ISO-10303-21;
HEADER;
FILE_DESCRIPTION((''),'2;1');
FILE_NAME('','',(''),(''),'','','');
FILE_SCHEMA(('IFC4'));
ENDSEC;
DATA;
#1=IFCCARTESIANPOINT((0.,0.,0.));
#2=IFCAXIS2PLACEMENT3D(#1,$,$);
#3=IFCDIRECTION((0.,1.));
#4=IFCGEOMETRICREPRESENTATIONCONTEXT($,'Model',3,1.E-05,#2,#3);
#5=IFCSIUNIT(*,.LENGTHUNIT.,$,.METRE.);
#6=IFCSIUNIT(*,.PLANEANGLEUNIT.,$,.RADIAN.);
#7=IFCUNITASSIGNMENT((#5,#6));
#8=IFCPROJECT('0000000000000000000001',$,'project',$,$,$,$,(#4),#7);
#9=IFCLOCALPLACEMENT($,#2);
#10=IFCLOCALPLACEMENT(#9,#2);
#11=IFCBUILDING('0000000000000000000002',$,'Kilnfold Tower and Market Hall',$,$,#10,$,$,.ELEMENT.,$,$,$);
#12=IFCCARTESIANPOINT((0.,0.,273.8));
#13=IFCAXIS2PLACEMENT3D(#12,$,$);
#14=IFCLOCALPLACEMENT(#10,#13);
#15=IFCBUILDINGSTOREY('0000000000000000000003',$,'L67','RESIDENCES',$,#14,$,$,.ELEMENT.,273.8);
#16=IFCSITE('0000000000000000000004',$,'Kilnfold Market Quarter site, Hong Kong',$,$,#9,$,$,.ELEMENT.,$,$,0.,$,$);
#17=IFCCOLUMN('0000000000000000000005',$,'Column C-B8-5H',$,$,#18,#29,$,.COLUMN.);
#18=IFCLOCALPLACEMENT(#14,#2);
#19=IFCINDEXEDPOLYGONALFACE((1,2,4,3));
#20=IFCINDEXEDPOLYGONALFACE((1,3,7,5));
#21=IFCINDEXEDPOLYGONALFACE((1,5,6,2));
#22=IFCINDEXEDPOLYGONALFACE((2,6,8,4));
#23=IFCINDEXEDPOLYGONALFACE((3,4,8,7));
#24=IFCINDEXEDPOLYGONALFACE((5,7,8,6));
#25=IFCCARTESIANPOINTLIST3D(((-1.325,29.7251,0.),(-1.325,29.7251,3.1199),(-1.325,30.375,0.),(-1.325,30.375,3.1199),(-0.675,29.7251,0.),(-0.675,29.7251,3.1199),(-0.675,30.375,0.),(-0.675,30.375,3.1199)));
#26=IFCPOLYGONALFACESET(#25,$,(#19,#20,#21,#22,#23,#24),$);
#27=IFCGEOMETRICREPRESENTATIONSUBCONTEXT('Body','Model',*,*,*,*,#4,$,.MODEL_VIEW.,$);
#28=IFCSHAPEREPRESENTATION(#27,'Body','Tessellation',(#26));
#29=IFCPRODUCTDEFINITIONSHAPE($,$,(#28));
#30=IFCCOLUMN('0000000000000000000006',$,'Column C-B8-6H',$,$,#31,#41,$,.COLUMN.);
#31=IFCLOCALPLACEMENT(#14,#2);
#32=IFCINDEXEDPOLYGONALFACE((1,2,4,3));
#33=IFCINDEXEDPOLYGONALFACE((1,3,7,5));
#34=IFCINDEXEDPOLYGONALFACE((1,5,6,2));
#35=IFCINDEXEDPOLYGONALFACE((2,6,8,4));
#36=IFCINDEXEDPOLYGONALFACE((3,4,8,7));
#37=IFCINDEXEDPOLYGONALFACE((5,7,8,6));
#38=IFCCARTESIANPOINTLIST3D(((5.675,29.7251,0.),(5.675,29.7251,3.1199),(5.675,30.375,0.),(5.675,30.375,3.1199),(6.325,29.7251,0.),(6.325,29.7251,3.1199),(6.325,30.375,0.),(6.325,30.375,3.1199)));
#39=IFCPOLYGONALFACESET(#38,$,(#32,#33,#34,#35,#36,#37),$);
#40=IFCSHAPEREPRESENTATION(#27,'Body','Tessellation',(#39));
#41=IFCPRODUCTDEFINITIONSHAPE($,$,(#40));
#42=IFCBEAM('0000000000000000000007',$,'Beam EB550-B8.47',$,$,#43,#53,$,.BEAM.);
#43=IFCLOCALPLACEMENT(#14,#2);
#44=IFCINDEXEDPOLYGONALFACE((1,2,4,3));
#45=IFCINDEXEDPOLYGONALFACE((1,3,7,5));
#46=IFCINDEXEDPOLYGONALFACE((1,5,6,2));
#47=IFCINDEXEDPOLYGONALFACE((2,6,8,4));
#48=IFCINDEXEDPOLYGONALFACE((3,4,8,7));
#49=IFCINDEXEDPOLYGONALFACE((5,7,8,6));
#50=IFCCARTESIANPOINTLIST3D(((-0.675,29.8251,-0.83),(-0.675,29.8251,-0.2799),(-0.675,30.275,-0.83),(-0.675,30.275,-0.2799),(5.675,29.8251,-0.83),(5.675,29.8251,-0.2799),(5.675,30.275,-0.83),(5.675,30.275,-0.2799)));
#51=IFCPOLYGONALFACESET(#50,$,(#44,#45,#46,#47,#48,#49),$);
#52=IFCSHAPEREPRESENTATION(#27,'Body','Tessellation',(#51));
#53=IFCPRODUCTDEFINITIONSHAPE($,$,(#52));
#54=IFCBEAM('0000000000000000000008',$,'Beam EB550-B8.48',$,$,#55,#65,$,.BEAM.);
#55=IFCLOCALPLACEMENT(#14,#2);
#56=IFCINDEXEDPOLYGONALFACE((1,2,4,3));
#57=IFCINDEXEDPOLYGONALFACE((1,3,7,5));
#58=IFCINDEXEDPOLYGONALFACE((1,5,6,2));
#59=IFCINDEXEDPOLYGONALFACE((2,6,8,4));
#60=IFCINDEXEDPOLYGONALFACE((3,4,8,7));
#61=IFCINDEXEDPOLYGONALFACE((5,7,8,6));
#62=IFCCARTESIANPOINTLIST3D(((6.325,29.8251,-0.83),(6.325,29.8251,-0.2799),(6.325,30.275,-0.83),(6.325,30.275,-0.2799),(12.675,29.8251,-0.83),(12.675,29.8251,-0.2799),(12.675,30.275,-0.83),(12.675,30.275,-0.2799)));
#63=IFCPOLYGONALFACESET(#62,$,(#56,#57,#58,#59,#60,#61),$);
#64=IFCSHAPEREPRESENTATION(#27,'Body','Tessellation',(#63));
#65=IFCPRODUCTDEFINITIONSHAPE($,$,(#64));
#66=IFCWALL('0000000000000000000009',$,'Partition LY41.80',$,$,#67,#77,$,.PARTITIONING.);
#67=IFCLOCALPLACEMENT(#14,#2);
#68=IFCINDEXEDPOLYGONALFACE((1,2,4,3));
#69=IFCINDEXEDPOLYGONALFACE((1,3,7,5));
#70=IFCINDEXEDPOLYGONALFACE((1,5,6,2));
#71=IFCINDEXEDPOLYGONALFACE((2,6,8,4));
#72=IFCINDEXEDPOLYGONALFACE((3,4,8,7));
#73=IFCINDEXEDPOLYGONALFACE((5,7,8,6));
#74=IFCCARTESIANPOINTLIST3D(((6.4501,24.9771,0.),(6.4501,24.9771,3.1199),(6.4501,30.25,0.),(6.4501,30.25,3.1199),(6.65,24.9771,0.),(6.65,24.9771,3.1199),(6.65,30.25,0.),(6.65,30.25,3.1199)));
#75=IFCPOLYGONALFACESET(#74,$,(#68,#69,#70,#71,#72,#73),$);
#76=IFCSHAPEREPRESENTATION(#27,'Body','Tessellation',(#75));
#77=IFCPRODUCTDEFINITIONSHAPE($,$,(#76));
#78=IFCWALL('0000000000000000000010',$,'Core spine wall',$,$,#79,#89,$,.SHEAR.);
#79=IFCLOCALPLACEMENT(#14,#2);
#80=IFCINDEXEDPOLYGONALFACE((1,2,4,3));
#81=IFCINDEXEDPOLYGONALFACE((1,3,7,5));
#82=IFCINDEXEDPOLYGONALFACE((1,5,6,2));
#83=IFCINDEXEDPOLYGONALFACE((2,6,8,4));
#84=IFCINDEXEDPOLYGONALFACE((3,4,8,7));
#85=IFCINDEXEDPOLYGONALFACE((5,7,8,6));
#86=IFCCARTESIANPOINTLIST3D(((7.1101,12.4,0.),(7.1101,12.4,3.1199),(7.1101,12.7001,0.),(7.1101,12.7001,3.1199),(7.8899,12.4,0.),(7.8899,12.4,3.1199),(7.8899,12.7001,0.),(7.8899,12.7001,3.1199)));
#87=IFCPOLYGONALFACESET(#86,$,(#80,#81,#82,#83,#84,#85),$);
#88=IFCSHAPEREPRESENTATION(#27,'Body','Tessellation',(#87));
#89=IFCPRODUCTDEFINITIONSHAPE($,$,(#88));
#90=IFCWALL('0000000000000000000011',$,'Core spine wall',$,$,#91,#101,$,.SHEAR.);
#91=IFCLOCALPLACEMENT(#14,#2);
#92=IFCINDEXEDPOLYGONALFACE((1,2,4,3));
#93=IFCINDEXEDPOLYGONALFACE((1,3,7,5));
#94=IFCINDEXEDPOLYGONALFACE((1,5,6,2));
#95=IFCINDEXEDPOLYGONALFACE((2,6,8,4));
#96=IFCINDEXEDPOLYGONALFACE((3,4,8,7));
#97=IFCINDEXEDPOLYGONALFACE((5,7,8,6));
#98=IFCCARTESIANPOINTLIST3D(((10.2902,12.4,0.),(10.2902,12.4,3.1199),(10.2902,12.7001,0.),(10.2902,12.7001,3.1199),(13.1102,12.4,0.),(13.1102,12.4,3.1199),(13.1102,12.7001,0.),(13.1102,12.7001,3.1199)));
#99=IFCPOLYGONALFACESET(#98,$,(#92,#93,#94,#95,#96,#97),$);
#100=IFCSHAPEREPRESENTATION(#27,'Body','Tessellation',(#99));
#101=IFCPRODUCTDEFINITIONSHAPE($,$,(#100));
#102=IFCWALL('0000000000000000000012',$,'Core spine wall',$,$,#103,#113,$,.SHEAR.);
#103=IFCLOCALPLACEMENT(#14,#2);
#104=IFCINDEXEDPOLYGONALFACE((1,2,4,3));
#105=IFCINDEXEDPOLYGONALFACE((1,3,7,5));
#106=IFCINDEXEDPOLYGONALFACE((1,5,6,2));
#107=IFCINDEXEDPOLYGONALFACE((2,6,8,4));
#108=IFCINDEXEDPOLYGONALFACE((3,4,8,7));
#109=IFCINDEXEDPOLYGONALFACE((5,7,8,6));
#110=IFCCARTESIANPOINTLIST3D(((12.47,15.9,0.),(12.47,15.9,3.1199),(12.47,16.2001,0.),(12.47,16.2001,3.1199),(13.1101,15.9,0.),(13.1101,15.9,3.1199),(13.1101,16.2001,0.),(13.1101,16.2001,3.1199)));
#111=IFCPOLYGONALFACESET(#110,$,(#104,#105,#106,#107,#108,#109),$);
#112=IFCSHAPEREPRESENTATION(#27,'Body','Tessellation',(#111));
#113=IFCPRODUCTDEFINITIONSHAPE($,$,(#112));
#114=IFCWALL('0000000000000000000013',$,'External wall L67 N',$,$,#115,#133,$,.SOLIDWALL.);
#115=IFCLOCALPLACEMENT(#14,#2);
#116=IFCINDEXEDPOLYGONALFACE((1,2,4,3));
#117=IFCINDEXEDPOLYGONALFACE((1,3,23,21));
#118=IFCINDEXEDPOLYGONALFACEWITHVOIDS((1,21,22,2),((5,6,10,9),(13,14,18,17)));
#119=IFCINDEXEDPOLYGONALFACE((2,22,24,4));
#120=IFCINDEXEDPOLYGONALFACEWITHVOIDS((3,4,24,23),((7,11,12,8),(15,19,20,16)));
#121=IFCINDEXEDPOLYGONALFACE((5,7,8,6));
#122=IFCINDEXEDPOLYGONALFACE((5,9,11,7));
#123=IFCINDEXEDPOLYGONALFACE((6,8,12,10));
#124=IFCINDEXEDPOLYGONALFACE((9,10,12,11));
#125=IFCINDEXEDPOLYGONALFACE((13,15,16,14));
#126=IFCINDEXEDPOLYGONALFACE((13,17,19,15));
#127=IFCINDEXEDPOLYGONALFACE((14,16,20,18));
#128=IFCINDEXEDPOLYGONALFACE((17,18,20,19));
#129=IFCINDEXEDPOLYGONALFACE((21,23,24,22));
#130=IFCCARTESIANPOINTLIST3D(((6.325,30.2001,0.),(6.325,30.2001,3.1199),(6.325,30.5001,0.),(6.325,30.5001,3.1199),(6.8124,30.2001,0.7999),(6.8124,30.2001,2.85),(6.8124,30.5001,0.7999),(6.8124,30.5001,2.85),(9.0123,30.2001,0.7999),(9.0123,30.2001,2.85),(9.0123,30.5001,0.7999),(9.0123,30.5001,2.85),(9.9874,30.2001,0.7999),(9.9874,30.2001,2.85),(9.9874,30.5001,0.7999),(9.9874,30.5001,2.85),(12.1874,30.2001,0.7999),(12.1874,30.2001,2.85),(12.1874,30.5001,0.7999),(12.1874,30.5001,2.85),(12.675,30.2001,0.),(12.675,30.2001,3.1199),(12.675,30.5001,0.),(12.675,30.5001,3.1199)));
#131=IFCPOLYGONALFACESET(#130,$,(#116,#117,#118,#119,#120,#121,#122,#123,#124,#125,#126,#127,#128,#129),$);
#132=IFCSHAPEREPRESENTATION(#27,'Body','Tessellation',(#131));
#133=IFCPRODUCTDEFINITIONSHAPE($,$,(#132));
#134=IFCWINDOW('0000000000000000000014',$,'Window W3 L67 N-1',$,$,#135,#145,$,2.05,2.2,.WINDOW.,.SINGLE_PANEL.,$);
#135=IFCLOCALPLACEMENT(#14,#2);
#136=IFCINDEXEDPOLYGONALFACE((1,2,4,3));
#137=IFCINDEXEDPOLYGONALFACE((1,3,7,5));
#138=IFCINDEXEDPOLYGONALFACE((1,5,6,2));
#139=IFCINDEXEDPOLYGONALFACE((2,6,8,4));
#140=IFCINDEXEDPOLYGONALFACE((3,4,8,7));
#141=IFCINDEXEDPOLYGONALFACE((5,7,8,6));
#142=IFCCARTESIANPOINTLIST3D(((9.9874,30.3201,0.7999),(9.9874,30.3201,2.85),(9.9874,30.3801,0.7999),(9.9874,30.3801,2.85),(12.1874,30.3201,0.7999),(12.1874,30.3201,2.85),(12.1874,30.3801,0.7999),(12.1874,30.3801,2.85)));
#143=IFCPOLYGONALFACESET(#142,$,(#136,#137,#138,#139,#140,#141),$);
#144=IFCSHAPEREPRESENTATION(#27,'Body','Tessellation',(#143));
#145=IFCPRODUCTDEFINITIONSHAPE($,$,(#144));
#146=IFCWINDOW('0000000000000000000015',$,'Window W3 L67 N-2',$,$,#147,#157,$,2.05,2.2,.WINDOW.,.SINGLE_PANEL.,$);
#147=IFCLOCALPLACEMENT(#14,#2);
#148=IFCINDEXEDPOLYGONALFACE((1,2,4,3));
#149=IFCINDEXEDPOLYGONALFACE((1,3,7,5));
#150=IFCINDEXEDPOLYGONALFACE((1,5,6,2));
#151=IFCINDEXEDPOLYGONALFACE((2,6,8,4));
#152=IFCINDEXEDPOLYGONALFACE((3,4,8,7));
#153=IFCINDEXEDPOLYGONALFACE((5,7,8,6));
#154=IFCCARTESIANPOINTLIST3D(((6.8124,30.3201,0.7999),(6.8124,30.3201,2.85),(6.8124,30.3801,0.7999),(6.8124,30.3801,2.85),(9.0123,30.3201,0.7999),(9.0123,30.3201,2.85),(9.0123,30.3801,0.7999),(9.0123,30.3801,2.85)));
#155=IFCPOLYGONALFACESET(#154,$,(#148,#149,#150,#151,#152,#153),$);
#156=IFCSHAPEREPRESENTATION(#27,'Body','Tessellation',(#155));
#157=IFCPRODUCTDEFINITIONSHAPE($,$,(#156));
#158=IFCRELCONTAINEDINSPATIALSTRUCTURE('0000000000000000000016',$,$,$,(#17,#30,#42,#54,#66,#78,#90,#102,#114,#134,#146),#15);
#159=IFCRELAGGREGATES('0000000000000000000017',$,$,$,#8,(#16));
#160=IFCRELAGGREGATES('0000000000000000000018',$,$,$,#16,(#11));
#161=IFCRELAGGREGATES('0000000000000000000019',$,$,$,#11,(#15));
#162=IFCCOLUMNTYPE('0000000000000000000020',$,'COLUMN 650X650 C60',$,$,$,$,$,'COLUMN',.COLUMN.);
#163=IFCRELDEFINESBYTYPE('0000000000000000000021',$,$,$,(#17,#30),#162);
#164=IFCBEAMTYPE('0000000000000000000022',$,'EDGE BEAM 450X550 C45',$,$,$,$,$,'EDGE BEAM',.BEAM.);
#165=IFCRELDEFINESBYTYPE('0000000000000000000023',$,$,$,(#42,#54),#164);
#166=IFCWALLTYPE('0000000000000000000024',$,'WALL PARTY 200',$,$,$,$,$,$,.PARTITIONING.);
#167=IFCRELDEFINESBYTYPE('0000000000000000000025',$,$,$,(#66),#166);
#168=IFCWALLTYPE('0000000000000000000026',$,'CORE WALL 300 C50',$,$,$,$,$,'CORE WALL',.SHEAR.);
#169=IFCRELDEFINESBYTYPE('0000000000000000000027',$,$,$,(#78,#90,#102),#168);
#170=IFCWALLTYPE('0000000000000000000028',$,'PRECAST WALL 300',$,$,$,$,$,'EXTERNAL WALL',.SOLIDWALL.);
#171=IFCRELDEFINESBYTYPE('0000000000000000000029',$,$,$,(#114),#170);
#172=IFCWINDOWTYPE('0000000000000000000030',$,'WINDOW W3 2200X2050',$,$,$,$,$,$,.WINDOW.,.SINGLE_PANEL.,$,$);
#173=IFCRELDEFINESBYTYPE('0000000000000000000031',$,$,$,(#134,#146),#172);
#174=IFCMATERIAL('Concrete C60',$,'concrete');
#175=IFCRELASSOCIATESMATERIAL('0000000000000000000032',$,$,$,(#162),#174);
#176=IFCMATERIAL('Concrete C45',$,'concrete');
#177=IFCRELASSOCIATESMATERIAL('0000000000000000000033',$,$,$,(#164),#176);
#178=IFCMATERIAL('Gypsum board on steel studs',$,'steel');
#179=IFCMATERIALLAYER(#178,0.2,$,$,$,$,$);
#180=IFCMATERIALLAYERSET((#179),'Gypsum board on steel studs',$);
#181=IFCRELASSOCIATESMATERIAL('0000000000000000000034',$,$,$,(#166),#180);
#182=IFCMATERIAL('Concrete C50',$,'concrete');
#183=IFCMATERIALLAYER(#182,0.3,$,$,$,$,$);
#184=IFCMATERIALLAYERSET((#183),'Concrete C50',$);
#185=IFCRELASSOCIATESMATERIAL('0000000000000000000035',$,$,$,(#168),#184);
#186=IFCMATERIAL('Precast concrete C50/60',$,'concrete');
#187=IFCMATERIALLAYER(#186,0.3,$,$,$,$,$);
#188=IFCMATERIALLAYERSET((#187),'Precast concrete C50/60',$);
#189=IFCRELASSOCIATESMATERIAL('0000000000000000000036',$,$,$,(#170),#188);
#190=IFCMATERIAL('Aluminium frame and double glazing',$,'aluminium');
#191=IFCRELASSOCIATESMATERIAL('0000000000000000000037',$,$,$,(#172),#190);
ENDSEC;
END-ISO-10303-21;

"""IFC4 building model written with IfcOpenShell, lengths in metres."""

from ifc_helpers import new_model, si_unit, direction, frame, frame_2d, origin, origin_2d, place, context, subcontext, project, spatial, rectangle, extrude, source, transform, mapped, material, layer, layer_set, material_profile, profile_set, type_object, element, fill, save


model = new_model("IFC4")

# Units and contexts
model_context = context("Model", 3, precision=1e-05, world=origin(), true_north=direction((0.0, 1.0)))
body_context = subcontext(model_context, "Body", "Model", "MODEL_VIEW")
ifc_project = project(units=[si_unit("LENGTHUNIT", "METRE"), si_unit("PLANEANGLEUNIT", "RADIAN")], contexts=[model_context])

# Site, building, storey
site_placement = place(None, origin())
site = spatial("IfcSite", under=ifc_project, at=site_placement, Name="Kilnfold Market Quarter site, Hong Kong", CompositionType="ELEMENT", RefElevation=0.0)
building_placement = place(site_placement, origin())
building = spatial("IfcBuilding", under=site, at=building_placement, Name="Kilnfold Tower and Market Hall", CompositionType="ELEMENT")
storey_placement = place(building_placement, frame((0.0, 0.0, 273.8)))
storey = spatial("IfcBuildingStorey", under=building, at=storey_placement, Name="L67", Description="RESIDENCES", CompositionType="ELEMENT", Elevation=273.8)

# Columns
ifc_material_1 = material(Name="Concrete C60", Category="concrete")
ifc_material_profile_1 = material_profile(ifc_material_1, rectangle(XDim=0.6499, YDim=0.6499, at=origin_2d()), Name="RC 650x650")
ifc_profile_set_1 = profile_set([ifc_material_profile_1], Name="Concrete C60")
column_type = type_object("IfcColumnType", Name="COLUMN 650X650 C60", ElementType="COLUMN", PredefinedType="COLUMN", material=ifc_profile_set_1)
shared_shape_1 = source(origin(), body_context, "Body", "SweptSolid", [
    extrude(rectangle(XDim=0.6499, YDim=0.6499, at=origin_2d()), origin(), (0.0, 0.0, 1.0), 3.1199),
])
for number, where, z_axis, x_axis, name in (
    (1, (-1.0, 30.05, 0.0), (0.0, 0.0, 1.0), (1.0, 0.0, 0.0), "Column C-B8-5H"),
    (2, (6.0, 30.05, 0.0), (0.0, 0.0, 1.0), (1.0, 0.0, 0.0), "Column C-B8-6H"),
):
    element("IfcColumn", number, at=place(storey_placement, frame(where, z_axis=z_axis, x_axis=x_axis)), inside=storey, type_object=column_type, Name=name, PredefinedType="COLUMN", context=body_context, shape_type="MappedRepresentation", body=[
        mapped(shared_shape_1, transform((0.0, 0.0, 0.0))),
    ])

# Beams
ifc_material_2 = material(Name="Concrete C45", Category="concrete")
ifc_material_profile_2 = material_profile(ifc_material_2, rectangle(XDim=0.45, YDim=0.55, at=origin_2d()), Name="RC 450x550")
ifc_profile_set_2 = profile_set([ifc_material_profile_2], Name="Concrete C45")
beam_type = type_object("IfcBeamType", Name="EDGE BEAM 450X550 C45", ElementType="EDGE BEAM", PredefinedType="BEAM", material=ifc_profile_set_2)
shared_shape_2 = source(origin(), body_context, "Body", "SweptSolid", [
    extrude(rectangle(XDim=0.45, YDim=0.55, at=origin_2d()), origin(), (0.0, 0.0, 1.0), 6.3501),
])
for number, where, z_axis, x_axis, name in (
    (3, (-0.675, 30.05, -0.5549), (1.0, 0.0, 0.0), (0.0, 1.0, 0.0), "Beam EB550-B8.47"),
    (4, (6.325, 30.05, -0.5549), (1.0, 0.0, 0.0), (0.0, 1.0, 0.0), "Beam EB550-B8.48"),
):
    element("IfcBeam", number, at=place(storey_placement, frame(where, z_axis=z_axis, x_axis=x_axis)), inside=storey, type_object=beam_type, Name=name, PredefinedType="BEAM", context=body_context, shape_type="MappedRepresentation", body=[
        mapped(shared_shape_2, transform((0.0, 0.0, 0.0))),
    ])

# Walls
ifc_material_3 = material(Name="Gypsum board on steel studs", Category="steel")
ifc_layer_1 = layer(ifc_material_3, 0.2)
ifc_layer_set_1 = layer_set([ifc_layer_1], Name="Gypsum board on steel studs")
wall_type_1 = type_object("IfcWallType", Name="WALL PARTY 200", PredefinedType="PARTITIONING", material=ifc_layer_set_1)
wall_1_placement = place(storey_placement, frame((6.55, 24.9771, 0.0), z_axis=(0.0, 0.0, 1.0), x_axis=(0.0, 1.0, 0.0)))
element("IfcWall", 5, at=wall_1_placement, inside=storey, type_object=wall_type_1, Name="Partition LY41.80", PredefinedType="PARTITIONING", context=body_context, shape_type="SweptSolid", body=[
    extrude(rectangle(XDim=5.2729, YDim=0.2, at=frame_2d((2.6365, 0.0))), origin(), (0.0, 0.0, 1.0), 3.1199),
])
ifc_material_4 = material(Name="Concrete C50", Category="concrete")
ifc_layer_2 = layer(ifc_material_4, 0.3)
ifc_layer_set_2 = layer_set([ifc_layer_2], Name="Concrete C50")
wall_type_2 = type_object("IfcWallType", Name="CORE WALL 300 C50", ElementType="CORE WALL", PredefinedType="SHEAR", material=ifc_layer_set_2)
shared_shape_3 = source(origin(), body_context, "Body", "SweptSolid", [
    extrude(rectangle(XDim=0.7798, YDim=0.3, at=frame_2d((0.3899, 0.0))), origin(), (0.0, 0.0, 1.0), 3.1199),
])
wall_2_placement = place(storey_placement, frame((7.1101, 12.55, 0.0), z_axis=(0.0, 0.0, 1.0), x_axis=(1.0, 0.0, 0.0)))
element("IfcWall", 6, at=wall_2_placement, inside=storey, type_object=wall_type_2, Name="Core spine wall", PredefinedType="SHEAR", context=body_context, shape_type="MappedRepresentation", body=[
    mapped(shared_shape_3, transform((0.0, 0.0, 0.0))),
])
shared_shape_4 = source(origin(), body_context, "Body", "SweptSolid", [
    extrude(rectangle(XDim=2.8201, YDim=0.3, at=frame_2d((1.4102, 0.0))), origin(), (0.0, 0.0, 1.0), 3.1199),
])
wall_3_placement = place(storey_placement, frame((10.29, 12.55, 0.0), z_axis=(0.0, 0.0, 1.0), x_axis=(1.0, 0.0, 0.0)))
element("IfcWall", 7, at=wall_3_placement, inside=storey, type_object=wall_type_2, Name="Core spine wall", PredefinedType="SHEAR", context=body_context, shape_type="MappedRepresentation", body=[
    mapped(shared_shape_4, transform((0.0, 0.0, 0.0))),
])
shared_shape_5 = source(origin(), body_context, "Body", "SweptSolid", [
    extrude(rectangle(XDim=0.6401, YDim=0.3, at=frame_2d((0.3201, 0.0))), origin(), (0.0, 0.0, 1.0), 3.1199),
])
wall_4_placement = place(storey_placement, frame((12.47, 16.05, 0.0), z_axis=(0.0, 0.0, 1.0), x_axis=(1.0, 0.0, 0.0)))
element("IfcWall", 8, at=wall_4_placement, inside=storey, type_object=wall_type_2, Name="Core spine wall", PredefinedType="SHEAR", context=body_context, shape_type="MappedRepresentation", body=[
    mapped(shared_shape_5, transform((0.0, 0.0, 0.0))),
])

# Wall, openings, windows
ifc_material_5 = material(Name="Precast concrete C50/60", Category="concrete")
ifc_layer_3 = layer(ifc_material_5, 0.3)
ifc_layer_set_3 = layer_set([ifc_layer_3], Name="Precast concrete C50/60")
wall_type_3 = type_object("IfcWallType", Name="PRECAST WALL 300", ElementType="EXTERNAL WALL", PredefinedType="SOLIDWALL", material=ifc_layer_set_3)
shared_shape_6 = source(origin(), body_context, "Body", "SweptSolid", [
    extrude(rectangle(XDim=6.3501, YDim=0.3, at=frame_2d((3.175, 0.0))), origin(), (0.0, 0.0, 1.0), 3.1199),
])
wall_5_placement = place(storey_placement, frame((12.675, 30.3501, 0.0), z_axis=(0.0, 0.0, 1.0), x_axis=(-1.0, 0.0, 0.0)))
wall_5 = element("IfcWall", 9, at=wall_5_placement, inside=storey, type_object=wall_type_3, Name="External wall L67 N", PredefinedType="SOLIDWALL", context=body_context, shape_type="MappedRepresentation", body=[
    mapped(shared_shape_6, transform((0.0, 0.0, 0.0))),
])
opening_1_placement = place(wall_5_placement, frame((0.4875, 0.0, 0.8)))
opening_1 = element("IfcOpeningElement", 10, at=opening_1_placement, cuts=wall_5, PredefinedType="OPENING", context=body_context, shape_type="SweptSolid", body=[
    extrude(rectangle(XDim=2.2, YDim=2.05, at=frame_2d((1.1001, 1.0249))), frame((0.0, 0.1602, 0.0), z_axis=(0.0, -1.0, 0.0), x_axis=(1.0, 0.0, 0.0)), (0.0, 0.0, 1.0), 0.3201),
])
opening_2_placement = place(wall_5_placement, frame((3.6626, 0.0, 0.8)))
opening_2 = element("IfcOpeningElement", 11, at=opening_2_placement, cuts=wall_5, PredefinedType="OPENING", context=body_context, shape_type="SweptSolid", body=[
    extrude(rectangle(XDim=2.2, YDim=2.05, at=frame_2d((1.1001, 1.0249))), frame((0.0, 0.1602, 0.0), z_axis=(0.0, -1.0, 0.0), x_axis=(1.0, 0.0, 0.0)), (0.0, 0.0, 1.0), 0.3201),
])
ifc_material_6 = material(Name="Aluminium frame and double glazing", Category="aluminium")
window_type = type_object("IfcWindowType", Name="WINDOW W3 2200X2050", PartitioningType="SINGLE_PANEL", PredefinedType="WINDOW", material=ifc_material_6)
window_1_placement = place(opening_1_placement, origin())
window_1 = element("IfcWindow", 12, at=window_1_placement, inside=storey, type_object=window_type, Name="Window W3 L67 N-1", OverallHeight=2.05, OverallWidth=2.2, PartitioningType="SINGLE_PANEL", PredefinedType="WINDOW", context=body_context, shape_type="SweptSolid", body=[
    extrude(rectangle(XDim=2.2, YDim=2.05, at=frame_2d((1.1001, 1.0249))), frame((0.0, 0.03, 0.0), z_axis=(0.0, -1.0, 0.0), x_axis=(1.0, 0.0, 0.0)), (0.0, 0.0, 1.0), 0.0601),
])
fill(opening_1, window_1)
window_2_placement = place(opening_2_placement, origin())
window_2 = element("IfcWindow", 13, at=window_2_placement, inside=storey, type_object=window_type, Name="Window W3 L67 N-2", OverallHeight=2.05, OverallWidth=2.2, PartitioningType="SINGLE_PANEL", PredefinedType="WINDOW", context=body_context, shape_type="SweptSolid", body=[
    extrude(rectangle(XDim=2.2, YDim=2.05, at=frame_2d((1.1001, 1.0249))), frame((0.0, 0.03, 0.0), z_axis=(0.0, -1.0, 0.0), x_axis=(1.0, 0.0, 0.0)), (0.0, 0.0, 1.0), 0.0601),
])
fill(opening_2, window_2)

save(model, "model.ifc")
